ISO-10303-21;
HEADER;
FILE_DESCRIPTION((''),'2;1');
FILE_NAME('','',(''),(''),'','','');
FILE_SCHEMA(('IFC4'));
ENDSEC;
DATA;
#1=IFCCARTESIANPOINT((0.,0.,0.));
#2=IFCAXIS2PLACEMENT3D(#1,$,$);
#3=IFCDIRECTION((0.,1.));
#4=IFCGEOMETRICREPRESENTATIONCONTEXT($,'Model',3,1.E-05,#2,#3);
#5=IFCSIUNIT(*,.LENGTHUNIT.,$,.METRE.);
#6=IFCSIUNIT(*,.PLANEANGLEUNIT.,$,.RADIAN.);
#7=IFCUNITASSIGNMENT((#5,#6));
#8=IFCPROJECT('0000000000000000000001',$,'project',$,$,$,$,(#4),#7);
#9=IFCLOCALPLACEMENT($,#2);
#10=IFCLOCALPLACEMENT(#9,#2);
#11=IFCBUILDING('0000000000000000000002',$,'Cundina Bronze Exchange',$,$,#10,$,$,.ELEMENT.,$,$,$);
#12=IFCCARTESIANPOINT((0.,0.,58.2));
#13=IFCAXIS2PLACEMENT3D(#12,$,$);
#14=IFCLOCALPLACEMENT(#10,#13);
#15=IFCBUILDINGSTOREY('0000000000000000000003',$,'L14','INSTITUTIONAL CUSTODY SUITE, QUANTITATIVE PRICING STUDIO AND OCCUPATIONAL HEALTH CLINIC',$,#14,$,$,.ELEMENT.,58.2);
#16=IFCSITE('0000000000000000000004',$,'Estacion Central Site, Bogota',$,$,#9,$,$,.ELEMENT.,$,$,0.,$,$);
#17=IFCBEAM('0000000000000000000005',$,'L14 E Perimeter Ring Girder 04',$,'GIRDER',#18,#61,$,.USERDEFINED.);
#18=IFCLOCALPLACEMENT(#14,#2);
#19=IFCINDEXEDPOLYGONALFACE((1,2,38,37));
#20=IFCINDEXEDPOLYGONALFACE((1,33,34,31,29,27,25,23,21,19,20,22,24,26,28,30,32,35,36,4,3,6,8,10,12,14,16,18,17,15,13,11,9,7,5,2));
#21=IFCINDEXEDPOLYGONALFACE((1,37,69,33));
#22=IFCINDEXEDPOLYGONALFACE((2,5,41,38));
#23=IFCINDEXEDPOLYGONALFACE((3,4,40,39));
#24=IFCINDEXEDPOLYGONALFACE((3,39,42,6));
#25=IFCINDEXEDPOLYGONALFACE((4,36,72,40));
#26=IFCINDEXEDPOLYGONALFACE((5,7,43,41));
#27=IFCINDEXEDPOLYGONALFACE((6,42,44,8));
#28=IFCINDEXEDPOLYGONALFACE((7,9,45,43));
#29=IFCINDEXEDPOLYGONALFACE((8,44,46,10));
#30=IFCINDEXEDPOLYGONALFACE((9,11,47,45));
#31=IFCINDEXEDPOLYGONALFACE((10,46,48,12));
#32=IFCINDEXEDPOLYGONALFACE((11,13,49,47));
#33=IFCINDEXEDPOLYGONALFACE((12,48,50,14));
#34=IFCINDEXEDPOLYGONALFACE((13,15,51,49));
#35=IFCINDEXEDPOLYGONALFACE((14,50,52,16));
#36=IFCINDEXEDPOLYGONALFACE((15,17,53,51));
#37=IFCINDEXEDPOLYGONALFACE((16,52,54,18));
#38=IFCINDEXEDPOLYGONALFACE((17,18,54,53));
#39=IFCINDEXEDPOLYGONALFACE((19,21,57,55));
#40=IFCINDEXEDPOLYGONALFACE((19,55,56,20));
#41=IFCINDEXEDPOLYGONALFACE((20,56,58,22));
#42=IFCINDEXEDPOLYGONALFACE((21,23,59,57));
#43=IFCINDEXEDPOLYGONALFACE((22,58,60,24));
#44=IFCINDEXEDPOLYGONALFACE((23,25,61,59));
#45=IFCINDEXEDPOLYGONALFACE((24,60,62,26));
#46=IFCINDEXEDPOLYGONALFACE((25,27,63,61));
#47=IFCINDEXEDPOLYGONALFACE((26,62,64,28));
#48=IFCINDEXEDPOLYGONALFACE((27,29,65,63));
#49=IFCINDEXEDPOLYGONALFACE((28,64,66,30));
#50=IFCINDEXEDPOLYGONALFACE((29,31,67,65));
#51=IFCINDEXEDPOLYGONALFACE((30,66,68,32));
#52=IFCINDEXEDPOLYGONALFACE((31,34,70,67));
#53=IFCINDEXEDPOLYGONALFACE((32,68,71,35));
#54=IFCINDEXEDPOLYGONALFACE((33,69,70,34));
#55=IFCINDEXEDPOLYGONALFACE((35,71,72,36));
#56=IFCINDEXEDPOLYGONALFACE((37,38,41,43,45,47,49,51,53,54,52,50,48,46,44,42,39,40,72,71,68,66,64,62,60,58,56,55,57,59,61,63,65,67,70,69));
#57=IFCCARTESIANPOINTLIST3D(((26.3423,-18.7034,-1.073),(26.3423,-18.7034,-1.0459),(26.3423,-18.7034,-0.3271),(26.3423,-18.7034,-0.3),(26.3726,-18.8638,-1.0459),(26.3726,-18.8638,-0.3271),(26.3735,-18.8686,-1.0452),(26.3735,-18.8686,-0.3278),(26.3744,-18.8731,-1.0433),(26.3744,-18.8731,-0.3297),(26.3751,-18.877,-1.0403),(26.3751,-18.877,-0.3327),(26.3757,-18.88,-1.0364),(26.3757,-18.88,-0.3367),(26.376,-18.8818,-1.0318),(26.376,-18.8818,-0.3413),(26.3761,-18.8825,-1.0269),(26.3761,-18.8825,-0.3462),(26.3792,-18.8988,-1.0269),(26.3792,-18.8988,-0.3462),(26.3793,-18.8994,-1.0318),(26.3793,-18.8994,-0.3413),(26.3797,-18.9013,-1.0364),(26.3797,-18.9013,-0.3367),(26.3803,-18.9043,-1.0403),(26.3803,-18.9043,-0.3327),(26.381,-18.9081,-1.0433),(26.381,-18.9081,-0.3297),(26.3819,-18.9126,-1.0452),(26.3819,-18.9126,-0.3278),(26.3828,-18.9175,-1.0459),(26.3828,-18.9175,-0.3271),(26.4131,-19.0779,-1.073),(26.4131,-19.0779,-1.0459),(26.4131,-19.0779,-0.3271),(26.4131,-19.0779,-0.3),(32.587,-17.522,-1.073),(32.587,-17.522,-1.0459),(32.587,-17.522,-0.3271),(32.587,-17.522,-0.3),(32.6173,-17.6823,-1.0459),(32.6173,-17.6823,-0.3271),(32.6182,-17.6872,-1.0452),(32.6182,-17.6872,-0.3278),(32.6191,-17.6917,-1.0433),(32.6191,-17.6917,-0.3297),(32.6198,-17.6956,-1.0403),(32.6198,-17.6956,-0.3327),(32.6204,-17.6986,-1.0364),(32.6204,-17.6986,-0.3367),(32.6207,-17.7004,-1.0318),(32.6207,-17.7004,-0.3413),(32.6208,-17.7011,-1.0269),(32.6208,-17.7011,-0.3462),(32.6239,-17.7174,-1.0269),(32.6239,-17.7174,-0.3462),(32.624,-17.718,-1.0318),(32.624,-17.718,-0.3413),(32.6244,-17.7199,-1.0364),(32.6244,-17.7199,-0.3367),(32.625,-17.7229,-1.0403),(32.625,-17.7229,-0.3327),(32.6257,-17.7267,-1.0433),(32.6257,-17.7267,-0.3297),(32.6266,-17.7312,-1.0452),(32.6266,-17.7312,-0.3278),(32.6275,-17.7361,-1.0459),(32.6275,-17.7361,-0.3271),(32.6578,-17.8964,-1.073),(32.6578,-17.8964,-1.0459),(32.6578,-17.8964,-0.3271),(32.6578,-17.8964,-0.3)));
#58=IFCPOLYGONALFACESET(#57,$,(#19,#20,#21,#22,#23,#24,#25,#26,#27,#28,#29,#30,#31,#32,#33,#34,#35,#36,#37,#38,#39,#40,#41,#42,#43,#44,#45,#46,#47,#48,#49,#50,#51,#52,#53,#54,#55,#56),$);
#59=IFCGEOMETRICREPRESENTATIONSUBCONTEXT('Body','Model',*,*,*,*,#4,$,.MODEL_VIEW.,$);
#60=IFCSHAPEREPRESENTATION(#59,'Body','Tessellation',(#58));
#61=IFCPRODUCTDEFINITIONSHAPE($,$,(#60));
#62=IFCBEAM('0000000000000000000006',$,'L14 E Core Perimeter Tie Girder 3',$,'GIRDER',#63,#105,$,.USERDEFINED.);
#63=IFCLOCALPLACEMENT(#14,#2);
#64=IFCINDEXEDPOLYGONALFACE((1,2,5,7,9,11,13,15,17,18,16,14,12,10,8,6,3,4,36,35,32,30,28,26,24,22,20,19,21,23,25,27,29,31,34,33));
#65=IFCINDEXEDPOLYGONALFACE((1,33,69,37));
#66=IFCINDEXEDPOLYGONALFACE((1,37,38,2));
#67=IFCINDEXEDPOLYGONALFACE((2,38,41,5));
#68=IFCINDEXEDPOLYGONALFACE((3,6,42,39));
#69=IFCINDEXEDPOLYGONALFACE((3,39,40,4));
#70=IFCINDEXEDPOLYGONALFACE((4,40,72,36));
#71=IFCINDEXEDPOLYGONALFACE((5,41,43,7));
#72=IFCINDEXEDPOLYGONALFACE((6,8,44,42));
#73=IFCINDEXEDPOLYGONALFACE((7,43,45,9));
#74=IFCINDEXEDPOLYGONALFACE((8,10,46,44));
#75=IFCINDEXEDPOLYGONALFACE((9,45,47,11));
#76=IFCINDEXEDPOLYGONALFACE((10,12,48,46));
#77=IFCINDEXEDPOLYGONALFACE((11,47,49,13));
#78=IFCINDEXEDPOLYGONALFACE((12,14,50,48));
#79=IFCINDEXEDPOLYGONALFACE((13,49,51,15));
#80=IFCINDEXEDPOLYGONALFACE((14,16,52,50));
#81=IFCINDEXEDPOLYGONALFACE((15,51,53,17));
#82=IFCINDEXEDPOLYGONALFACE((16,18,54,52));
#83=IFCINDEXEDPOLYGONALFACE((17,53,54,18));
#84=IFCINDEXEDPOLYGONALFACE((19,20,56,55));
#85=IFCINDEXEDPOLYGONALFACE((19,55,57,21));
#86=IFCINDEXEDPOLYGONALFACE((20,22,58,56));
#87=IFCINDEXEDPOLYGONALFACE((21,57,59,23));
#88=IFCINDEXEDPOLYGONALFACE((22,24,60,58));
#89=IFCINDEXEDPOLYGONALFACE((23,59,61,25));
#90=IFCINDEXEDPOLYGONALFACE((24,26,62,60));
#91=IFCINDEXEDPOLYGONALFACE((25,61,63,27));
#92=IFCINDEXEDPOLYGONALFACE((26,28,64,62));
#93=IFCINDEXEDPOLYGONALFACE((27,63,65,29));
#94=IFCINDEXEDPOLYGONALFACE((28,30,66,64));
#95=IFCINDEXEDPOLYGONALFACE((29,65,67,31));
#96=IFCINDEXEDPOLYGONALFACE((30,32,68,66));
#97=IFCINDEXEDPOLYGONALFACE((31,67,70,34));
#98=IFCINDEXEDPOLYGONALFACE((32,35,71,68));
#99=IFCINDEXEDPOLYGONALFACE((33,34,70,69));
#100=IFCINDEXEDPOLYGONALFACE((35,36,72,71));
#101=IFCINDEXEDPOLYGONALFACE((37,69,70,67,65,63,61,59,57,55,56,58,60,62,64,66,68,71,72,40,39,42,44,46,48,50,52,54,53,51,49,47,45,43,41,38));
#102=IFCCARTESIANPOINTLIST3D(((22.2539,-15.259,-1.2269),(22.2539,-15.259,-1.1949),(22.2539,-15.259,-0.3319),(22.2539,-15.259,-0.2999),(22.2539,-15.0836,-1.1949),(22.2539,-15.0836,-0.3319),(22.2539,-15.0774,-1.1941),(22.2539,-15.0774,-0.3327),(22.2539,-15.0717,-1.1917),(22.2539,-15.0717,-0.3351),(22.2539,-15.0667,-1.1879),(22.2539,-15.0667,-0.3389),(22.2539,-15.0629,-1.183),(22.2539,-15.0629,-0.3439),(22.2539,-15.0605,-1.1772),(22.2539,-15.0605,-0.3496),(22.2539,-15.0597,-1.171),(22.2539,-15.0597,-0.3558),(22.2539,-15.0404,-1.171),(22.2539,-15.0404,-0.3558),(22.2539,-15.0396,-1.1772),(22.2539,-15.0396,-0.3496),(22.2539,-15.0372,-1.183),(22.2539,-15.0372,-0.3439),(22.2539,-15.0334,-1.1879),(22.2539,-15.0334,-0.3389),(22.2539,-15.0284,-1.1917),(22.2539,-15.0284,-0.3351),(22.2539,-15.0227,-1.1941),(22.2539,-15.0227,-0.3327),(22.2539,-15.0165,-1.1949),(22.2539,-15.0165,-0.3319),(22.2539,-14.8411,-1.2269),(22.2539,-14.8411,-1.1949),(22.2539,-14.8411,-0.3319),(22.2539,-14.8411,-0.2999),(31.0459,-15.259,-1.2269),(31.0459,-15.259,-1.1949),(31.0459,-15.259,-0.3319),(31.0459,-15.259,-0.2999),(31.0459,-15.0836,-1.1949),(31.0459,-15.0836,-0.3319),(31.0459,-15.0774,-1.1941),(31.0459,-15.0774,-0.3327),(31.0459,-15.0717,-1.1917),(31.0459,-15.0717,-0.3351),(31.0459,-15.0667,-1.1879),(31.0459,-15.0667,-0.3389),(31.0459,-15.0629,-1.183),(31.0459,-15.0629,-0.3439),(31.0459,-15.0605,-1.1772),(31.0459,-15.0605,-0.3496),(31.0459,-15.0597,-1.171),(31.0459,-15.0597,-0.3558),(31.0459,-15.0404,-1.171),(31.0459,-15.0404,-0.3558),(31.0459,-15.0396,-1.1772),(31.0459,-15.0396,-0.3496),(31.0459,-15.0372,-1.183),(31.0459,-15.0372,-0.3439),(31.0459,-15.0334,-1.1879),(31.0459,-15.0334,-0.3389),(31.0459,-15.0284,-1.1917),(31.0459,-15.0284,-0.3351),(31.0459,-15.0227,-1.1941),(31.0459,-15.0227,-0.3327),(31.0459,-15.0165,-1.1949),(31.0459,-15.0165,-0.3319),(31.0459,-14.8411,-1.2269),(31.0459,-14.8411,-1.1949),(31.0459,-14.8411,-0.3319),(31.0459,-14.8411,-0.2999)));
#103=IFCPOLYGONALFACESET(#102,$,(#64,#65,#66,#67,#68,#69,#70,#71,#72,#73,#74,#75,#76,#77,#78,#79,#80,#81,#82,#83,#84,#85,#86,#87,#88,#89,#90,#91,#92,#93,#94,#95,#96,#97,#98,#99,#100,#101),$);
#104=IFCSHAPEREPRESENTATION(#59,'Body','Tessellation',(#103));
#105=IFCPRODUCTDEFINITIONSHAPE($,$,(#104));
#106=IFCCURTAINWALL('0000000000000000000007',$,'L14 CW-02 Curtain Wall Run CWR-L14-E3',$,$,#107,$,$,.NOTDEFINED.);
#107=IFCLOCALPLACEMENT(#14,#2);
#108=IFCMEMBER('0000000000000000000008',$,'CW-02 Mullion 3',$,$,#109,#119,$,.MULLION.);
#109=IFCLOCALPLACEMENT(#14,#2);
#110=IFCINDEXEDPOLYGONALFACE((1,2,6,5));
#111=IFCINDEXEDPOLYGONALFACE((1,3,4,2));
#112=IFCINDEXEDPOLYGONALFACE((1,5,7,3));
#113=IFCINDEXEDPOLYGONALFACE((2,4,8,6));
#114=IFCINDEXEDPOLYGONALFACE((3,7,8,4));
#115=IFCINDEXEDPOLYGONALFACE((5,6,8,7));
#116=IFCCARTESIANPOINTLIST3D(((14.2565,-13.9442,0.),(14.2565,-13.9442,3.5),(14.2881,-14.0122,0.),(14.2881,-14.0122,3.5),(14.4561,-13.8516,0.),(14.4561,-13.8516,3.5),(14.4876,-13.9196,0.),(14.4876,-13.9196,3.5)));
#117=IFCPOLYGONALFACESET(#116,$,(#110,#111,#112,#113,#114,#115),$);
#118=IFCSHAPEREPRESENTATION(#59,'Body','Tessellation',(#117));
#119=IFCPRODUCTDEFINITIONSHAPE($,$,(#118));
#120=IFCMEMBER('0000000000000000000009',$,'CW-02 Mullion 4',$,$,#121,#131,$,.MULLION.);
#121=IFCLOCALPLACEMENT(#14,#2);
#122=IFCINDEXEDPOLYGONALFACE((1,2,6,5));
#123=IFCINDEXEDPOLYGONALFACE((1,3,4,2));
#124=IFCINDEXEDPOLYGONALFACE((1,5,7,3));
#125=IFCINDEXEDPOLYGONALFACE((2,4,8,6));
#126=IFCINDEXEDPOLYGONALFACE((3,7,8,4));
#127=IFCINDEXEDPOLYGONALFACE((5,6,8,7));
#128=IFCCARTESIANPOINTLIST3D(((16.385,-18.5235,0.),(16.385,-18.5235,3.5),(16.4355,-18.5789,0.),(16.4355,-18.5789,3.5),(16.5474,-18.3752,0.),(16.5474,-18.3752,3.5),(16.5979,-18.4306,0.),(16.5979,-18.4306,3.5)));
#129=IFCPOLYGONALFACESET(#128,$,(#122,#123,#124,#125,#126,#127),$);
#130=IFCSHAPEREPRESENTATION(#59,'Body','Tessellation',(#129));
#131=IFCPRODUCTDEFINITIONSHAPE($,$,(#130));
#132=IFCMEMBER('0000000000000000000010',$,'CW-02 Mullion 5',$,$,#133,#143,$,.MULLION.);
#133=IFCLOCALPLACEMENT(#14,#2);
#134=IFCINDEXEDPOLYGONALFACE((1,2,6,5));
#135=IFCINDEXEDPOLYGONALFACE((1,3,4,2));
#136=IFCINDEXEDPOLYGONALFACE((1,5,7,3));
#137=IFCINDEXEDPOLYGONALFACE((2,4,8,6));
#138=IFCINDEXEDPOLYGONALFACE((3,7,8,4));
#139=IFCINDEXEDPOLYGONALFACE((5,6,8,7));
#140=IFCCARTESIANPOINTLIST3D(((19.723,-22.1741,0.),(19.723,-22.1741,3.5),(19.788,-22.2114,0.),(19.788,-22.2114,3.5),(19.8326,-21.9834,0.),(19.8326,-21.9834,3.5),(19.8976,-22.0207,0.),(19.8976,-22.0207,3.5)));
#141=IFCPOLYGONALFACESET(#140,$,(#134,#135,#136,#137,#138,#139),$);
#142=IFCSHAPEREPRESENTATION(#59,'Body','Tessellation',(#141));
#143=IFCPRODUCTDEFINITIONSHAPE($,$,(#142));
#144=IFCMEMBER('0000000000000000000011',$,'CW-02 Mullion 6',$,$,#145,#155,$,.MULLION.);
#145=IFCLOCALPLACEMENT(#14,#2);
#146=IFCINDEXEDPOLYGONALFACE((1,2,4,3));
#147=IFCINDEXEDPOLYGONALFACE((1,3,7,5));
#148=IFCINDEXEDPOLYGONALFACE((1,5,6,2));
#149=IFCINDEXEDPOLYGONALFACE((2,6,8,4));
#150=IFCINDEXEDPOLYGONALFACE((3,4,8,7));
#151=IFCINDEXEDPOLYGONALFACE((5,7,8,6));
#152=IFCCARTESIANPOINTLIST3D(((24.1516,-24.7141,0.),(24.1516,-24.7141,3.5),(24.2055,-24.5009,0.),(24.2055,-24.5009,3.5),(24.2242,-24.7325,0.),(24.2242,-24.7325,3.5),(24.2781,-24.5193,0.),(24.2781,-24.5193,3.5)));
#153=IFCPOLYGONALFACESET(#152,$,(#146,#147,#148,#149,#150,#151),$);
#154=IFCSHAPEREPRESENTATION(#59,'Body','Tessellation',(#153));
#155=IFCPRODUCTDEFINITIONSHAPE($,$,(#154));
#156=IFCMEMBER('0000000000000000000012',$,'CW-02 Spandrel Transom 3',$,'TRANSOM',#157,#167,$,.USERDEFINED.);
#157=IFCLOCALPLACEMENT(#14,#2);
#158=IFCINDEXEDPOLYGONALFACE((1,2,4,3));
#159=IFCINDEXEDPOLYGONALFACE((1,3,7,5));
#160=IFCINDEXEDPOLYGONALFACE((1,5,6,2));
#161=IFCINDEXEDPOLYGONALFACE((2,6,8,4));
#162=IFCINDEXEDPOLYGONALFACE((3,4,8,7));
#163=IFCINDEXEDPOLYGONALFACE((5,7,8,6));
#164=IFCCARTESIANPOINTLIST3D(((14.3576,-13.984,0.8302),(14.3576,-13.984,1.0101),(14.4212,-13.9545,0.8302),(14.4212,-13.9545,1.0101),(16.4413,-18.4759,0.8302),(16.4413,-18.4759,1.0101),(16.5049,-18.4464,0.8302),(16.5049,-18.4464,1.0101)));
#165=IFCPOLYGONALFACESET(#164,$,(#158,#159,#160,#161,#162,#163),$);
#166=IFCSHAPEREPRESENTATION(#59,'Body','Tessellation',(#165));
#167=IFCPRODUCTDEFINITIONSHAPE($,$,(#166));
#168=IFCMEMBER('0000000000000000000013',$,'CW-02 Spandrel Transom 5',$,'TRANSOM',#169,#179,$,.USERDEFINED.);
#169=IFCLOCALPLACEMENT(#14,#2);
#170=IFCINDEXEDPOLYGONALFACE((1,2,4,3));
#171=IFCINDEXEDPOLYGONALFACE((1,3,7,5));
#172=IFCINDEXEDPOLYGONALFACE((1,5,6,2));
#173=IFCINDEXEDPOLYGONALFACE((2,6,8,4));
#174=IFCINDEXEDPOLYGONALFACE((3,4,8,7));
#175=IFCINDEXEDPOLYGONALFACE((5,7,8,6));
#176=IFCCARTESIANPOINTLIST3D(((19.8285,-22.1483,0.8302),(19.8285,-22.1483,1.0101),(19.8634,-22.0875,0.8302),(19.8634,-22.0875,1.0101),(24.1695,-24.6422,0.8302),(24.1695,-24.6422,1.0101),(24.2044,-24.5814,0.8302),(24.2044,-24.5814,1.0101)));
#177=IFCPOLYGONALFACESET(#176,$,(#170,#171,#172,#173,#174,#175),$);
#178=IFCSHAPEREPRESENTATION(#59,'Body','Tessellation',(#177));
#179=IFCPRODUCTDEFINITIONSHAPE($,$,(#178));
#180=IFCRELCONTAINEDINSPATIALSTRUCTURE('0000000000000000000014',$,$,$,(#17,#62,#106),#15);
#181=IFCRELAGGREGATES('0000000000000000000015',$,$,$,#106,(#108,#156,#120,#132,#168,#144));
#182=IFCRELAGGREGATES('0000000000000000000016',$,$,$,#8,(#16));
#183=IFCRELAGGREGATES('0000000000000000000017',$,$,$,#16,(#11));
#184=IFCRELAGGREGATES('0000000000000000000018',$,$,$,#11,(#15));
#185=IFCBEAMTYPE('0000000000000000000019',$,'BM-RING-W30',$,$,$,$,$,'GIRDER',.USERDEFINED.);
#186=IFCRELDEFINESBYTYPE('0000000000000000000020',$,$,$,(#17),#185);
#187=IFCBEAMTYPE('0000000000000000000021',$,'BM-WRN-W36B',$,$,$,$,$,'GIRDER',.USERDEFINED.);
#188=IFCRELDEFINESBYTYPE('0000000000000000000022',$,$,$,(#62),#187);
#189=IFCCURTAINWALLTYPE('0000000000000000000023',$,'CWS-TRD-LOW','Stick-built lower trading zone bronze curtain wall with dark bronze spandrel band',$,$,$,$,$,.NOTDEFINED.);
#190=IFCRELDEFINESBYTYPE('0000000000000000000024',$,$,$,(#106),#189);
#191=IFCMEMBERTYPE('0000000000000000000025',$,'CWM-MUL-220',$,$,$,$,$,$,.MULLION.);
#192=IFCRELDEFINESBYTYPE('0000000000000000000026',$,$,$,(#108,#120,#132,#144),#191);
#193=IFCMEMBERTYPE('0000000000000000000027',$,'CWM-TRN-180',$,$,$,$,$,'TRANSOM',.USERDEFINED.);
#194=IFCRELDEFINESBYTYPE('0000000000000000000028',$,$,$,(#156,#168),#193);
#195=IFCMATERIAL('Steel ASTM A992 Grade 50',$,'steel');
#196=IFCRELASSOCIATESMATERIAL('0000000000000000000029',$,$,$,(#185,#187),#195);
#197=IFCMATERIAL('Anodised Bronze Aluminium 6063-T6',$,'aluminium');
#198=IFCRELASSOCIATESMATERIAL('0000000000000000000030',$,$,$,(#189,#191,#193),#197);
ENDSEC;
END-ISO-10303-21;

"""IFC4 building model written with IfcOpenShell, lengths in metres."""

from ifc_helpers import new_model, si_unit, direction, frame, origin, origin_2d, place, context, subcontext, project, spatial, rectangle, i_section, extrude, material, material_profile, profile_set, type_object, element, aggregate, save


model = new_model("IFC4")

# Units and contexts
model_context = context("Model", 3, precision=1e-05, world=origin(), true_north=direction((0.0, 1.0)))
body_context = subcontext(model_context, "Body", "Model", "MODEL_VIEW")
ifc_project = project(units=[si_unit("LENGTHUNIT", "METRE"), si_unit("PLANEANGLEUNIT", "RADIAN")], contexts=[model_context])

# Site, building, storey
site_placement = place(None, origin())
site = spatial("IfcSite", under=ifc_project, at=site_placement, Name="Estacion Central Site, Bogota", CompositionType="ELEMENT", RefElevation=0.0)
building_placement = place(site_placement, origin())
building = spatial("IfcBuilding", under=site, at=building_placement, Name="Cundina Bronze Exchange", CompositionType="ELEMENT")
storey_placement = place(building_placement, frame((0.0, 0.0, 58.2)))
storey = spatial("IfcBuildingStorey", under=building, at=storey_placement, Name="L14", Description="INSTITUTIONAL CUSTODY SUITE, QUANTITATIVE PRICING STUDIO AND OCCUPATIONAL HEALTH CLINIC", CompositionType="ELEMENT", Elevation=58.2)

# Shared definitions
ifc_material_1 = material(Name="Steel ASTM A992 Grade 50", Category="steel")

# Beams
ifc_material_profile_1 = material_profile(ifc_material_1, i_section(OverallWidth=0.3811, OverallDepth=0.7729, WebThickness=0.0166, FlangeThickness=0.0271, FilletRadius=0.019, at=origin_2d()), Name="W30X173", Category="steel")
ifc_profile_set_1 = profile_set([ifc_material_profile_1], Name="Steel ASTM A992 Grade 50")
beam_type_1 = type_object("IfcBeamType", Name="BM-RING-W30", ElementType="GIRDER", PredefinedType="USERDEFINED", material=ifc_profile_set_1)
beam_1_placement = place(storey_placement, frame((26.3777, -18.8906, -0.6865), z_axis=(0.982571, 0.185889, 0.0), x_axis=(-0.185889, 0.982571, 0.0)))
element("IfcBeam", 1, at=beam_1_placement, inside=storey, type_object=beam_type_1, Name="L14 E Perimeter Ring Girder 04", ObjectType="GIRDER", PredefinedType="USERDEFINED", context=body_context, shape_type="SweptSolid", body=[
    extrude(i_section(OverallWidth=0.3811, OverallDepth=0.7729, WebThickness=0.0166, FlangeThickness=0.0271, FilletRadius=0.019, at=origin_2d()), origin(), (0.0, 0.0, 1.0), 6.3555),
])
ifc_material_profile_2 = material_profile(ifc_material_1, i_section(OverallWidth=0.418, OverallDepth=0.927, WebThickness=0.0193, FlangeThickness=0.032, FilletRadius=0.0239, at=origin_2d()), Name="W36X231", Category="steel")
ifc_profile_set_2 = profile_set([ifc_material_profile_2], Name="Steel ASTM A992 Grade 50")
beam_type_2 = type_object("IfcBeamType", Name="BM-WRN-W36B", ElementType="GIRDER", PredefinedType="USERDEFINED", material=ifc_profile_set_2)
beam_2_placement = place(storey_placement, frame((22.2539, -15.05, -0.7634), z_axis=(1.0, 0.0, 0.0), x_axis=(0.0, 1.0, 0.0)))
element("IfcBeam", 2, at=beam_2_placement, inside=storey, type_object=beam_type_2, Name="L14 E Core Perimeter Tie Girder 3", ObjectType="GIRDER", PredefinedType="USERDEFINED", context=body_context, shape_type="SweptSolid", body=[
    extrude(i_section(OverallWidth=0.418, OverallDepth=0.927, WebThickness=0.0193, FlangeThickness=0.032, FilletRadius=0.0239, at=origin_2d()), origin(), (0.0, 0.0, 1.0), 8.792),
])

# Curtain wall, members
ifc_material_2 = material(Name="Anodised Bronze Aluminium 6063-T6", Category="aluminium")
curtain_wall_type = type_object("IfcCurtainWallType", Name="CWS-TRD-LOW", Description="Stick-built lower trading zone bronze curtain wall with dark bronze spandrel band", PredefinedType="NOTDEFINED", material=ifc_material_2)
curtain_wall_placement = place(storey_placement, origin())
curtain_wall = element("IfcCurtainWall", 3, at=curtain_wall_placement, inside=storey, type_object=curtain_wall_type, Name="L14 CW-02 Curtain Wall Run CWR-L14-E3", PredefinedType="NOTDEFINED")
ifc_material_profile_3 = material_profile(ifc_material_2, rectangle(XDim=0.075, YDim=0.22, at=origin_2d()), Name="AL75X220", Category="aluminium")
ifc_profile_set_3 = profile_set([ifc_material_profile_3], Name="Anodised Bronze Aluminium 6063-T6")
member_type_1 = type_object("IfcMemberType", Name="CWM-MUL-220", PredefinedType="MULLION", material=ifc_profile_set_3)
member_1_placement = place(storey_placement, frame((14.3721, -13.9319, 0.0), z_axis=(0.0, 0.0, 1.0), x_axis=(0.420877, -0.907117, 0.0)))
member_1 = element("IfcMember", 4, at=member_1_placement, type_object=member_type_1, Name="CW-02 Mullion 3", PredefinedType="MULLION", context=body_context, shape_type="SweptSolid", body=[
    extrude(rectangle(XDim=0.075, YDim=0.22, at=origin_2d()), origin(), (0.0, 0.0, 1.0), 3.5),
])
member_2_placement = place(storey_placement, frame((16.4915, -18.4771, 0.0), z_axis=(0.0, 0.0, 1.0), x_axis=(0.674302, -0.738455, 0.0)))
member_2 = element("IfcMember", 5, at=member_2_placement, type_object=member_type_1, Name="CW-02 Mullion 4", PredefinedType="MULLION", context=body_context, shape_type="SweptSolid", body=[
    extrude(rectangle(XDim=0.075, YDim=0.22, at=origin_2d()), origin(), (0.0, 0.0, 1.0), 3.5),
])
member_3_placement = place(storey_placement, frame((19.8103, -22.0974, 0.0), z_axis=(0.0, 0.0, 1.0), x_axis=(0.867071, -0.498185, 0.0)))
member_3 = element("IfcMember", 6, at=member_3_placement, type_object=member_type_1, Name="CW-02 Mullion 5", PredefinedType="MULLION", context=body_context, shape_type="SweptSolid", body=[
    extrude(rectangle(XDim=0.075, YDim=0.22, at=origin_2d()), origin(), (0.0, 0.0, 1.0), 3.5),
])
member_4_placement = place(storey_placement, frame((24.2148, -24.6167, 0.0), z_axis=(0.0, 0.0, 1.0), x_axis=(0.969488, -0.245138, 0.0)))
member_4 = element("IfcMember", 7, at=member_4_placement, type_object=member_type_1, Name="CW-02 Mullion 6", PredefinedType="MULLION", context=body_context, shape_type="SweptSolid", body=[
    extrude(rectangle(XDim=0.075, YDim=0.22, at=origin_2d()), origin(), (0.0, 0.0, 1.0), 3.5),
])
ifc_material_profile_4 = material_profile(ifc_material_2, rectangle(XDim=0.0701, YDim=0.1799, at=origin_2d()), Name="AL70X180", Category="aluminium")
ifc_profile_set_4 = profile_set([ifc_material_profile_4], Name="Anodised Bronze Aluminium 6063-T6")
member_type_2 = type_object("IfcMemberType", Name="CWM-TRN-180", ElementType="TRANSOM", PredefinedType="USERDEFINED", material=ifc_profile_set_4)
member_5_placement = place(storey_placement, frame((14.3894, -13.9692, 0.9202), z_axis=(0.420811, -0.907148, 0.0), x_axis=(0.907148, 0.420811, 0.0)))
member_5 = element("IfcMember", 8, at=member_5_placement, type_object=member_type_2, Name="CW-02 Spandrel Transom 3", ObjectType="TRANSOM", PredefinedType="USERDEFINED", context=body_context, shape_type="SweptSolid", body=[
    extrude(rectangle(XDim=0.0701, YDim=0.1799, at=origin_2d()), origin(), (0.0, 0.0, 1.0), 4.9517),
])
member_6_placement = place(storey_placement, frame((19.8459, -22.1179, 0.9202), z_axis=(0.867097, -0.498139, 0.0), x_axis=(0.498139, 0.867097, 0.0)))
member_6 = element("IfcMember", 9, at=member_6_placement, type_object=member_type_2, Name="CW-02 Spandrel Transom 5", ObjectType="TRANSOM", PredefinedType="USERDEFINED", context=body_context, shape_type="SweptSolid", body=[
    extrude(rectangle(XDim=0.0701, YDim=0.1799, at=origin_2d()), origin(), (0.0, 0.0, 1.0), 5.0063),
])
aggregate(curtain_wall, [member_1, member_5, member_2, member_3, member_6, member_4])

save(model, "model.ifc")
